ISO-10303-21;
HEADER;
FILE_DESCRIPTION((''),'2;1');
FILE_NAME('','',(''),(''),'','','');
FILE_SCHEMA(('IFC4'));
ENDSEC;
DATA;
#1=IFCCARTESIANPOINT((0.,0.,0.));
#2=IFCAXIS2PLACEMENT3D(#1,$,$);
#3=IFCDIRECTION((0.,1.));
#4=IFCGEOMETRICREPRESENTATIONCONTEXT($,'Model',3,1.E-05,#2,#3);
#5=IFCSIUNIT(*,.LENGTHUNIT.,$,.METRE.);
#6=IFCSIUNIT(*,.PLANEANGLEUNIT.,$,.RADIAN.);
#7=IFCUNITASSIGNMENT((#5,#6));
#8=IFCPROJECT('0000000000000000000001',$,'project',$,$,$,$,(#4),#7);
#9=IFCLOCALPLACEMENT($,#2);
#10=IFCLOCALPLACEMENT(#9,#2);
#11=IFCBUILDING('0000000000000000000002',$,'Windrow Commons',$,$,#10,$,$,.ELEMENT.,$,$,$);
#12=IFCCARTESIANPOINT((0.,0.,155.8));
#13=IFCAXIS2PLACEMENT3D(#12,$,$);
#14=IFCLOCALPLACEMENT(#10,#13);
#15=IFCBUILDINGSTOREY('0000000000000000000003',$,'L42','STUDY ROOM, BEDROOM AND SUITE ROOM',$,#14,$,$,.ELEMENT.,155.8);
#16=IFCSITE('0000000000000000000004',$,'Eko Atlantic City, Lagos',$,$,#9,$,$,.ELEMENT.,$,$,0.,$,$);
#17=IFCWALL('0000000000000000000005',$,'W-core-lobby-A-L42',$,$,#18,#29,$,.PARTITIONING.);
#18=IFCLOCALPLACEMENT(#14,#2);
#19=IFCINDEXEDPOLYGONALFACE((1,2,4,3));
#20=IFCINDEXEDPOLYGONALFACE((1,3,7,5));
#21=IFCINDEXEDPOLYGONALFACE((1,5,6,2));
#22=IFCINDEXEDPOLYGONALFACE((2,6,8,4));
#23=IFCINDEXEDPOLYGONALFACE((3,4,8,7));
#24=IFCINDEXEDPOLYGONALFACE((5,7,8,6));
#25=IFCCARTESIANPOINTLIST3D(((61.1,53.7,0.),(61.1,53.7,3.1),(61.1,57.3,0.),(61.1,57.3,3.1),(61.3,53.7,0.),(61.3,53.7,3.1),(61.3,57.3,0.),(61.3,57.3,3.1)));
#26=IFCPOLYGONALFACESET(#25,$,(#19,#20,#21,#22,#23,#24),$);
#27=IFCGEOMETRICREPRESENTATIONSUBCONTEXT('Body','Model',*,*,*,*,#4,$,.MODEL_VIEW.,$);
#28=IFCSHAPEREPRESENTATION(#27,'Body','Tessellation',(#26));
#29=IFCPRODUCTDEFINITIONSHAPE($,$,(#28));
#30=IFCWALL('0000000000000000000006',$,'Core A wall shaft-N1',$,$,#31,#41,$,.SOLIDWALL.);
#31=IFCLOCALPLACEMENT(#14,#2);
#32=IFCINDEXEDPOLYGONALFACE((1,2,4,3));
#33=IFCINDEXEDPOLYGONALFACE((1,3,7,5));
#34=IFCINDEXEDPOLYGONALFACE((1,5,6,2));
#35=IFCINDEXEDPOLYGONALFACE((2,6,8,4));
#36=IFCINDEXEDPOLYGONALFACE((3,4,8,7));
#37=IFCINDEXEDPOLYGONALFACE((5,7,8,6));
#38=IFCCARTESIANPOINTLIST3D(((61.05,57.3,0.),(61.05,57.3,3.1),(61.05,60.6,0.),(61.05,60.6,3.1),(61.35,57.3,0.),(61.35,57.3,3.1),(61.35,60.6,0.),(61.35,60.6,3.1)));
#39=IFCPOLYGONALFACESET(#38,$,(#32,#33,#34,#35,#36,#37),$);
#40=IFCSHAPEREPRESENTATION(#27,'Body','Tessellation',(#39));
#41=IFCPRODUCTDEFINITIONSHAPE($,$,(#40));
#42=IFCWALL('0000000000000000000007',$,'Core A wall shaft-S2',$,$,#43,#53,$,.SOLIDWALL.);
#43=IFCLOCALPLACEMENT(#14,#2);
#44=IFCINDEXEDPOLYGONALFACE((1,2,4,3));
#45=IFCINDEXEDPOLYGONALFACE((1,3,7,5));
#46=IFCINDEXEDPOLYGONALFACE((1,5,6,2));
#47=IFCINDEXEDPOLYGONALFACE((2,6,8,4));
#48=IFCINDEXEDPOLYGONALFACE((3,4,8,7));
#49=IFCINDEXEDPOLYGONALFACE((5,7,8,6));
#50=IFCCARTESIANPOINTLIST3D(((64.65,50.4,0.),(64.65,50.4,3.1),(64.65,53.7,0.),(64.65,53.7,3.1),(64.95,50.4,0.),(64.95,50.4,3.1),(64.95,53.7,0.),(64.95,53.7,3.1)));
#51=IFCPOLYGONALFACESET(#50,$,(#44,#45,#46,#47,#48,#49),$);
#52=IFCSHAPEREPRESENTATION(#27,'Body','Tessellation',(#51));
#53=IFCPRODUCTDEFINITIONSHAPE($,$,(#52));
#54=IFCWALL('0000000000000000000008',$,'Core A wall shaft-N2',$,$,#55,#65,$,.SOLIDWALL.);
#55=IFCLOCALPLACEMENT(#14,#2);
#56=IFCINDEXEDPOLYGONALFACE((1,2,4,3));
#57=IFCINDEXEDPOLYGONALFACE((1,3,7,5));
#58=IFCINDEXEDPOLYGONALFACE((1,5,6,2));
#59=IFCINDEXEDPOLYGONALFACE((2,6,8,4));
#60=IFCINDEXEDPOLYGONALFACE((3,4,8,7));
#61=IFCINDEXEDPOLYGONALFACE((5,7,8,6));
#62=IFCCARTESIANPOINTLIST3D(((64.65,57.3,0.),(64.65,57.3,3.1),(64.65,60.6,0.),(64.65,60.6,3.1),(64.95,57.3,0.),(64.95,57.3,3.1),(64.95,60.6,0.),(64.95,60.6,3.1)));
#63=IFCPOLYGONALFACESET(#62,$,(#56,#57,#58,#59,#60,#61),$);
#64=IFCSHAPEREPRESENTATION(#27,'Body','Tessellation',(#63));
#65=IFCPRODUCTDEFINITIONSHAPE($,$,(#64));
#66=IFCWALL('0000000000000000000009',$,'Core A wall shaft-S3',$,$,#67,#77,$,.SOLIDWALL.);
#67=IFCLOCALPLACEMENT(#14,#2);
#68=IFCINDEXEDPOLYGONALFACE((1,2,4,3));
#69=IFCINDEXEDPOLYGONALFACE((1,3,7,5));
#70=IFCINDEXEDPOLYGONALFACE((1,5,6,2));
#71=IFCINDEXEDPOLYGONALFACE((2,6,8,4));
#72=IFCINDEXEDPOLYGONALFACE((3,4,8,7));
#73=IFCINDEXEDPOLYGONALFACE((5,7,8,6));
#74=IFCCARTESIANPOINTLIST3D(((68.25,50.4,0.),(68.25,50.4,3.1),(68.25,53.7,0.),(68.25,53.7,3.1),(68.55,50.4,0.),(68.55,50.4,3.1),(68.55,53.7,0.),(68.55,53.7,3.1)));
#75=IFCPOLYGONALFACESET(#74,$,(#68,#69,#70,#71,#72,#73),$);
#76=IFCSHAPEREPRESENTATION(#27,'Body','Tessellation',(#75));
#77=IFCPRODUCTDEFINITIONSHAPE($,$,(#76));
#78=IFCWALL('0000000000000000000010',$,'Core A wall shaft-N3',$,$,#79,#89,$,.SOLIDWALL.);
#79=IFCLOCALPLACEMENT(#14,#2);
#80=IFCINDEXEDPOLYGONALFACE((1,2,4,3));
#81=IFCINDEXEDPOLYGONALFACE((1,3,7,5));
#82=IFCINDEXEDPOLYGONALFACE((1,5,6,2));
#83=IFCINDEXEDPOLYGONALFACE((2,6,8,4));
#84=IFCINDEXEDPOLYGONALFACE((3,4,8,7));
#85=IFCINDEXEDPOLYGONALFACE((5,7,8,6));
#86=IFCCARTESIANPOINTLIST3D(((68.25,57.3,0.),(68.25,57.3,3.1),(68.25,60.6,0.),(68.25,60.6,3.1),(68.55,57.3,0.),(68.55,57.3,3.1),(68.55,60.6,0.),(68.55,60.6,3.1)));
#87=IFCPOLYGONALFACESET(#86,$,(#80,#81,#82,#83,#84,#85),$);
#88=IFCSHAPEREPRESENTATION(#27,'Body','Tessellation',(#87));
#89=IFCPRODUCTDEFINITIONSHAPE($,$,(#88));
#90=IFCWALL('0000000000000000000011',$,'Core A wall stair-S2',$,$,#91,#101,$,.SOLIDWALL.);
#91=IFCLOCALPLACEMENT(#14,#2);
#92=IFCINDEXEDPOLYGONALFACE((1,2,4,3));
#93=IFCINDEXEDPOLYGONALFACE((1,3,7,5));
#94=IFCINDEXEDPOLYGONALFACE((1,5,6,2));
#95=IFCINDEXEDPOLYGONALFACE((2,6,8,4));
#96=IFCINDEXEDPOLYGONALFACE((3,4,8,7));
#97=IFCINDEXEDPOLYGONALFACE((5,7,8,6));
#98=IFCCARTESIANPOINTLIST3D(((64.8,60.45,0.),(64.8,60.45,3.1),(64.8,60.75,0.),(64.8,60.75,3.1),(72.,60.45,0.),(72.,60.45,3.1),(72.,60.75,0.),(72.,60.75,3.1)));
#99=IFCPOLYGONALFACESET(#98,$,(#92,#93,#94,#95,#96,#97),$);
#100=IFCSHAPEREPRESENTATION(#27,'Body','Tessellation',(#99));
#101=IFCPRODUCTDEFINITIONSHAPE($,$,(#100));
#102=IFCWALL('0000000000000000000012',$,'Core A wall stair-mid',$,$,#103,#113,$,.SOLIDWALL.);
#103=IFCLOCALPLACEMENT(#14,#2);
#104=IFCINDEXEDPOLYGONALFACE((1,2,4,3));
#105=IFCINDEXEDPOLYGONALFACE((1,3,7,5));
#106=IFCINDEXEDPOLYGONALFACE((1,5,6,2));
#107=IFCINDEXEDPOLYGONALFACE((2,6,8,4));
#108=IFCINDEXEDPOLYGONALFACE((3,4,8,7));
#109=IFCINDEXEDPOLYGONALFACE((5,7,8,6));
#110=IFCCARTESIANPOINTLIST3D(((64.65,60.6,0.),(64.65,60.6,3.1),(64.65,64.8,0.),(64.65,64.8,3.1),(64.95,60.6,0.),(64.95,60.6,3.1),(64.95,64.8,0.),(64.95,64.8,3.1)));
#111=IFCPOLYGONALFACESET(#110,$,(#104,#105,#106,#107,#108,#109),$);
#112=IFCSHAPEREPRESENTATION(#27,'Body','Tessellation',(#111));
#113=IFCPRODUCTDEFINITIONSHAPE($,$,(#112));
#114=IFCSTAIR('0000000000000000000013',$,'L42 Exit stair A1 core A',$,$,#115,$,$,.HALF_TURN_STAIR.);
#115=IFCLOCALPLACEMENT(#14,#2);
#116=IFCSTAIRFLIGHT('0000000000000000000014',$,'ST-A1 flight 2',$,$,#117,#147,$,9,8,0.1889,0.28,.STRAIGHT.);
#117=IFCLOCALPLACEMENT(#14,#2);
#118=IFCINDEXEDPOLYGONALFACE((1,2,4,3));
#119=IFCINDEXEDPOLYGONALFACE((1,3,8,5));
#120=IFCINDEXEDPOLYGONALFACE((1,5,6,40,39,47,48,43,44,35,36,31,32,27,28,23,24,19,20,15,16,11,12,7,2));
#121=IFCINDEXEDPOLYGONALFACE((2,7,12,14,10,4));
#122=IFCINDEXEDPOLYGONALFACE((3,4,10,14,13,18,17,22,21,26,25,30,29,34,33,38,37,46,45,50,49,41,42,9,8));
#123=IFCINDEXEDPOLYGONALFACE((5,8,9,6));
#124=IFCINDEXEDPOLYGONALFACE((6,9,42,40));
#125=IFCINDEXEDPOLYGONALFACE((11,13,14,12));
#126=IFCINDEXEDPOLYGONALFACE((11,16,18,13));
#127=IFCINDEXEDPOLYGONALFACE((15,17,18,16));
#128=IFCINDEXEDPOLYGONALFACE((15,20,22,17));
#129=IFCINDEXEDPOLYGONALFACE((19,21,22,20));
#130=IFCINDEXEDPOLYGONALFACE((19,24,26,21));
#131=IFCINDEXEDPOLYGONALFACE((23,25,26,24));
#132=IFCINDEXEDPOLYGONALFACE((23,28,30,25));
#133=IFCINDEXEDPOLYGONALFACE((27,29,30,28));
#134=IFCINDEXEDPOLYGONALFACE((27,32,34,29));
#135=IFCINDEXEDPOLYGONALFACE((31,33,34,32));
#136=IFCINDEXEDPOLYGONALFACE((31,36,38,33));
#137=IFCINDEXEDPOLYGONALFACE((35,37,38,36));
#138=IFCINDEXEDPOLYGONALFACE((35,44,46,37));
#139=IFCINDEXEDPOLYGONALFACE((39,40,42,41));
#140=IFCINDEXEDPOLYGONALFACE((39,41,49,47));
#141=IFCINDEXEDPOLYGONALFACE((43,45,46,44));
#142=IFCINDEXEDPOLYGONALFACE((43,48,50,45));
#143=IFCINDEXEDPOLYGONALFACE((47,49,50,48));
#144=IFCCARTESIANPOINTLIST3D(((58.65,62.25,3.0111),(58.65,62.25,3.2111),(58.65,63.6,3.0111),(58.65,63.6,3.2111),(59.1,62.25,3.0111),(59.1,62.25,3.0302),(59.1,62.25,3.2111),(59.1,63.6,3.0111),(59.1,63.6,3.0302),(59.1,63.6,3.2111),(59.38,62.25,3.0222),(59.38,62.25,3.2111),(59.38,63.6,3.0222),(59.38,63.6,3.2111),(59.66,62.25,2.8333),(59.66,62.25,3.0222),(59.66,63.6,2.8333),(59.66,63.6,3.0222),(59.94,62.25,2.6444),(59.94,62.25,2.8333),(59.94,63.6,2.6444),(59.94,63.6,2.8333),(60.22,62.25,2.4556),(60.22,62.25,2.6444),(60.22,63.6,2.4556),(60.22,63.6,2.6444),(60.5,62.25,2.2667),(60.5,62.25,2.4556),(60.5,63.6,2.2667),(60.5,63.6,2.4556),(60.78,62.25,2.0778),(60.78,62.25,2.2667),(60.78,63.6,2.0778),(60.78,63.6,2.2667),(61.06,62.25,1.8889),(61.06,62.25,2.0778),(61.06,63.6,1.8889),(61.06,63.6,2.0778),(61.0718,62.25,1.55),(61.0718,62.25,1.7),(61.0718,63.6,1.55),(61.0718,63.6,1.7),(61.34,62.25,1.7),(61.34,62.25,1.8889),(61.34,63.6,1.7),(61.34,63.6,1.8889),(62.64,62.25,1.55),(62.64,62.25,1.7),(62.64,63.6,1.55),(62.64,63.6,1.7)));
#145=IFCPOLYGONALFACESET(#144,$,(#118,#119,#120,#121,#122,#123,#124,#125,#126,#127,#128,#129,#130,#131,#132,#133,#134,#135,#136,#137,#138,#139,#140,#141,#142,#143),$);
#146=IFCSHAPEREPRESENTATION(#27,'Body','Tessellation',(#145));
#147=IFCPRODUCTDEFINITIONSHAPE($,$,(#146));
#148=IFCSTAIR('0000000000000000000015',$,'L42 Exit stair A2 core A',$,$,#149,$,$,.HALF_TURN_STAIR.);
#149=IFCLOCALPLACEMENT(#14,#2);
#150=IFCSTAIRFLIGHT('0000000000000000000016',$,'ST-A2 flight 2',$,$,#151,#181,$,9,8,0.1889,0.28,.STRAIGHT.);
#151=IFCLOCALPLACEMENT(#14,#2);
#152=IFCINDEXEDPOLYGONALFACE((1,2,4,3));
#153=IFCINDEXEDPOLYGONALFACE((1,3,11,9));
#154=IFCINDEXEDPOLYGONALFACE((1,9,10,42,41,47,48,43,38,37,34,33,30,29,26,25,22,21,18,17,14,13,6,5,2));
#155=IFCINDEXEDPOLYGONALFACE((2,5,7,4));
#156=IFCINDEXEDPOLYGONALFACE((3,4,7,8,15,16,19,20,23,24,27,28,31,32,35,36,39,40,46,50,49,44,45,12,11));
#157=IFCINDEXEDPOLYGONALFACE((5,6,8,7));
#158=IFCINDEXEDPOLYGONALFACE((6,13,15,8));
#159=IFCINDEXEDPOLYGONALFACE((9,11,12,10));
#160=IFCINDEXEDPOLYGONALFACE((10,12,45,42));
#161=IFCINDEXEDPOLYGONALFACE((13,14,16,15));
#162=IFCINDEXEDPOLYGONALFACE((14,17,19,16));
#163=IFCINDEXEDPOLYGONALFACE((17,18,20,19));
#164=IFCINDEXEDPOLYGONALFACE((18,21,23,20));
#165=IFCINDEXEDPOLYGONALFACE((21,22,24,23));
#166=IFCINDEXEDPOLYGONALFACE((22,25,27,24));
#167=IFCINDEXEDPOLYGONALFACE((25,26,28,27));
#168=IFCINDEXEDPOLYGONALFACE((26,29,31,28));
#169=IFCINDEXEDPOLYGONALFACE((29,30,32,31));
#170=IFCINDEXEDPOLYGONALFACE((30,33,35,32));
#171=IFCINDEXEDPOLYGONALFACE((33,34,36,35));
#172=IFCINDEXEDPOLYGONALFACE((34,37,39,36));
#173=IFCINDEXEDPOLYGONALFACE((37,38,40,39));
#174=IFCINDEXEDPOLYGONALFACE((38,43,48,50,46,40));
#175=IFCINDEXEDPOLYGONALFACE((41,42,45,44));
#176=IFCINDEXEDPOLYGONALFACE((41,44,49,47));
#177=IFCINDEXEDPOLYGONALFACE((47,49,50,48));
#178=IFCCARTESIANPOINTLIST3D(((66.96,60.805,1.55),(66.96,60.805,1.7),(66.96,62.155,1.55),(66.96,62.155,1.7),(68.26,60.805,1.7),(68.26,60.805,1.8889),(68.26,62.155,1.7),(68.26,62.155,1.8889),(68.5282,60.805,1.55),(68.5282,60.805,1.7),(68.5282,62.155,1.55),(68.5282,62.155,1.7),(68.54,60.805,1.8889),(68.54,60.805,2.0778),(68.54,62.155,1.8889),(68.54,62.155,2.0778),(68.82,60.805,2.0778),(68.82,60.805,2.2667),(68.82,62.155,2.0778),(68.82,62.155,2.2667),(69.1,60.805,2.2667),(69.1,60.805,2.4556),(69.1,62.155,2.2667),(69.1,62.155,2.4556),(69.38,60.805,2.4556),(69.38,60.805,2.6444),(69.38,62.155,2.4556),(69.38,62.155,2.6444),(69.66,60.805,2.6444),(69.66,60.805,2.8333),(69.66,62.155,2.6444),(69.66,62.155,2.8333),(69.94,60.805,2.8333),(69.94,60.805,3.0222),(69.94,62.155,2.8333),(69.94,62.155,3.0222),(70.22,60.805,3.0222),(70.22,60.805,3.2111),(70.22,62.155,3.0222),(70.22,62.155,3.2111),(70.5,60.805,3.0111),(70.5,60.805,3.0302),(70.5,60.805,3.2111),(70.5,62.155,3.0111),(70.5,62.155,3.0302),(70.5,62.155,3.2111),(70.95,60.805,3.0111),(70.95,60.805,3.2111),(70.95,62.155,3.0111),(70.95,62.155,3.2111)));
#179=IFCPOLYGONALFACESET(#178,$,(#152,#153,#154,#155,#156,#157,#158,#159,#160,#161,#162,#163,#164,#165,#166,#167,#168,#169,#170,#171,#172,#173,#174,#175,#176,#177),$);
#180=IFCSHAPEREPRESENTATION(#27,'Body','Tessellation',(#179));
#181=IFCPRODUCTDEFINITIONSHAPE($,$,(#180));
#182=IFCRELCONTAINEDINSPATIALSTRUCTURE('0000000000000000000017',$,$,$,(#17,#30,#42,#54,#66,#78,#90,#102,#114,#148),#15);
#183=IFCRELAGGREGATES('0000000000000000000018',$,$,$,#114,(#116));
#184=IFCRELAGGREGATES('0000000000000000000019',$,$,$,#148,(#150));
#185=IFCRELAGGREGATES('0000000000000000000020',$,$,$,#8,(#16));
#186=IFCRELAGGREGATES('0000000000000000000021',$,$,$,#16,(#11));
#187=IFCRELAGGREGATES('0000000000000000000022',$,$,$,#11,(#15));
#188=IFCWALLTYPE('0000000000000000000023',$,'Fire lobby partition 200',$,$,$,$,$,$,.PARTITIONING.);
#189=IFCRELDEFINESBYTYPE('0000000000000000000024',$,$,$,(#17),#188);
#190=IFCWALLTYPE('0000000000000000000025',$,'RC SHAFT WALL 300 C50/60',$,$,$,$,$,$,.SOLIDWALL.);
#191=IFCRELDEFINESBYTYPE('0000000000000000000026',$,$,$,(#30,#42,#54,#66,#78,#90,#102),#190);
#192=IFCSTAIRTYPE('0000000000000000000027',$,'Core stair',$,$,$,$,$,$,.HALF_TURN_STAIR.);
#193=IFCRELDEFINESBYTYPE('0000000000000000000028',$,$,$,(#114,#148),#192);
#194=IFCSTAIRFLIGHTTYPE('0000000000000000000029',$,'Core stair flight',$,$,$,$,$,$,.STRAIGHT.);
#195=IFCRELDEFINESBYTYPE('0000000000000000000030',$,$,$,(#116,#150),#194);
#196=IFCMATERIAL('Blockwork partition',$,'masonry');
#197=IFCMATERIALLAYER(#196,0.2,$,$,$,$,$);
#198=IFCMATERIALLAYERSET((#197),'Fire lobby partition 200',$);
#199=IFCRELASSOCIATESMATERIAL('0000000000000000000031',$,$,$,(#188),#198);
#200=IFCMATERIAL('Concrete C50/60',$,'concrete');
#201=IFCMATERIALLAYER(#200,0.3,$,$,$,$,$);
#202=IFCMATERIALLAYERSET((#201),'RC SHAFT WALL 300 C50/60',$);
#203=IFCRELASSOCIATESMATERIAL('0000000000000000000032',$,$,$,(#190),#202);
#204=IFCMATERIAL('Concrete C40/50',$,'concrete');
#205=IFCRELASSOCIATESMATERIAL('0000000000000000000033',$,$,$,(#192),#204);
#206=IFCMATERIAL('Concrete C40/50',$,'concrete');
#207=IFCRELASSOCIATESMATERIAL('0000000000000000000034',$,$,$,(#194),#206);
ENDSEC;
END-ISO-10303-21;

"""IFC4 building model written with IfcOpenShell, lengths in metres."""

from ifc_helpers import new_model, si_unit, direction, frame, frame_2d, origin, place, context, subcontext, project, spatial, polyline, rectangle, outline, extrude, material, layer, layer_set, type_object, element, aggregate, save


model = new_model("IFC4")

# Units and contexts
model_context = context("Model", 3, precision=1e-05, world=origin(), true_north=direction((0.0, 1.0)))
body_context = subcontext(model_context, "Body", "Model", "MODEL_VIEW")
ifc_project = project(units=[si_unit("LENGTHUNIT", "METRE"), si_unit("PLANEANGLEUNIT", "RADIAN")], contexts=[model_context])

# Site, building, storey
site_placement = place(None, origin())
site = spatial("IfcSite", under=ifc_project, at=site_placement, Name="Eko Atlantic City, Lagos", CompositionType="ELEMENT", RefElevation=0.0)
building_placement = place(site_placement, origin())
building = spatial("IfcBuilding", under=site, at=building_placement, Name="Windrow Commons", CompositionType="ELEMENT")
storey_placement = place(building_placement, frame((0.0, 0.0, 155.8)))
storey = spatial("IfcBuildingStorey", under=building, at=storey_placement, Name="L42", Description="STUDY ROOM, BEDROOM AND SUITE ROOM", CompositionType="ELEMENT", Elevation=155.8)

# Walls
ifc_material_1 = material(Name="Blockwork partition", Category="masonry")
ifc_layer_1 = layer(ifc_material_1, 0.2)
ifc_layer_set_1 = layer_set([ifc_layer_1], Name="Fire lobby partition 200")
wall_type_1 = type_object("IfcWallType", Name="Fire lobby partition 200", PredefinedType="PARTITIONING", material=ifc_layer_set_1)
wall_1_placement = place(storey_placement, frame((61.2, 53.7, 0.0), z_axis=(0.0, 0.0, 1.0), x_axis=(0.0, 1.0, 0.0)))
element("IfcWall", 1, at=wall_1_placement, inside=storey, type_object=wall_type_1, Name="W-core-lobby-A-L42", PredefinedType="PARTITIONING", context=body_context, shape_type="SweptSolid", body=[
    extrude(rectangle(XDim=3.6, YDim=0.2, at=frame_2d((1.8, 0.0))), origin(), (0.0, 0.0, 1.0), 3.1),
])
ifc_material_2 = material(Name="Concrete C50/60", Category="concrete")
ifc_layer_2 = layer(ifc_material_2, 0.3)
ifc_layer_set_2 = layer_set([ifc_layer_2], Name="RC SHAFT WALL 300 C50/60")
wall_type_2 = type_object("IfcWallType", Name="RC SHAFT WALL 300 C50/60", PredefinedType="SOLIDWALL", material=ifc_layer_set_2)
for number, where, z_axis, x_axis, name in (
    (2, (61.2, 57.3, 0.0), (0.0, 0.0, 1.0), (0.0, 1.0, 0.0), "Core A wall shaft-N1"),
    (3, (64.8, 50.4, 0.0), (0.0, 0.0, 1.0), (0.0, 1.0, 0.0), "Core A wall shaft-S2"),
    (4, (64.8, 57.3, 0.0), (0.0, 0.0, 1.0), (0.0, 1.0, 0.0), "Core A wall shaft-N2"),
    (5, (68.4, 50.4, 0.0), (0.0, 0.0, 1.0), (0.0, 1.0, 0.0), "Core A wall shaft-S3"),
    (6, (68.4, 57.3, 0.0), (0.0, 0.0, 1.0), (0.0, 1.0, 0.0), "Core A wall shaft-N3"),
):
    element("IfcWall", number, at=place(storey_placement, frame(where, z_axis=z_axis, x_axis=x_axis)), inside=storey, type_object=wall_type_2, Name=name, PredefinedType="SOLIDWALL", context=body_context, shape_type="SweptSolid", body=[
        extrude(rectangle(XDim=3.3, YDim=0.3, at=frame_2d((1.65, 0.0))), origin(), (0.0, 0.0, 1.0), 3.1),
    ])
wall_2_placement = place(storey_placement, frame((64.8, 60.6, 0.0), z_axis=(0.0, 0.0, 1.0), x_axis=(1.0, 0.0, 0.0)))
element("IfcWall", 7, at=wall_2_placement, inside=storey, type_object=wall_type_2, Name="Core A wall stair-S2", PredefinedType="SOLIDWALL", context=body_context, shape_type="SweptSolid", body=[
    extrude(rectangle(XDim=7.2, YDim=0.3, at=frame_2d((3.6, 0.0))), origin(), (0.0, 0.0, 1.0), 3.1),
])
wall_3_placement = place(storey_placement, frame((64.8, 60.6, 0.0), z_axis=(0.0, 0.0, 1.0), x_axis=(0.0, 1.0, 0.0)))
element("IfcWall", 8, at=wall_3_placement, inside=storey, type_object=wall_type_2, Name="Core A wall stair-mid", PredefinedType="SOLIDWALL", context=body_context, shape_type="SweptSolid", body=[
    extrude(rectangle(XDim=4.2, YDim=0.3, at=frame_2d((2.1, 0.0))), origin(), (0.0, 0.0, 1.0), 3.1),
])

# Stairs, stair flights
ifc_material_3 = material(Name="Concrete C40/50", Category="concrete")
stair_type = type_object("IfcStairType", Name="Core stair", PredefinedType="HALF_TURN_STAIR", material=ifc_material_3)
placement = place(storey_placement, origin())
stair_1 = element("IfcStair", 9, at=placement, inside=storey, type_object=stair_type, Name="L42 Exit stair A1 core A", PredefinedType="HALF_TURN_STAIR")
ifc_material_4 = material(Name="Concrete C40/50", Category="concrete")
stair_flight_type = type_object("IfcStairFlightType", Name="Core stair flight", PredefinedType="STRAIGHT", material=ifc_material_4)
stair_flight_1_placement = place(storey_placement, frame((61.34, 62.925, 1.7), z_axis=(0.0, 0.0, 1.0), x_axis=(-1.0, 0.0, 0.0)))
stair_flight_1 = element("IfcStairFlight", 10, at=stair_flight_1_placement, type_object=stair_flight_type, Name="ST-A1 flight 2", NumberOfRisers=9, NumberOfTreads=8, PredefinedType="STRAIGHT", RiserHeight=0.1889, TreadLength=0.28, context=body_context, shape_type="SweptSolid", body=[
    extrude(outline(polyline([(-1.3, -0.15), (-1.3, 0.0), (0.0, 0.0), (0.0, 0.1889), (0.28, 0.1889), (0.28, 0.3778), (0.56, 0.3778), (0.56, 0.5667), (0.84, 0.5667), (0.84, 0.7556), (1.12, 0.7556), (1.12, 0.9444), (1.4, 0.9444), (1.4, 1.1333), (1.68, 1.1333), (1.68, 1.3222), (1.96, 1.3222), (1.96, 1.5111), (2.24, 1.5111), (2.69, 1.5111), (2.69, 1.3111), (2.24, 1.3111), (2.24, 1.3302), (0.2682, 0.0), (0.2682, -0.15), (-1.3, -0.15)])), frame((0.0, 0.675, 0.0), z_axis=(0.0, -1.0, 0.0), x_axis=(1.0, 0.0, 0.0)), (0.0, 0.0, 1.0), 1.35),
])
aggregate(stair_1, [stair_flight_1])
stair_2 = element("IfcStair", 11, at=placement, inside=storey, type_object=stair_type, Name="L42 Exit stair A2 core A", PredefinedType="HALF_TURN_STAIR")
stair_flight_2_placement = place(storey_placement, frame((68.26, 61.48, 1.7), z_axis=(0.0, 0.0, 1.0), x_axis=(1.0, 0.0, 0.0)))
stair_flight_2 = element("IfcStairFlight", 12, at=stair_flight_2_placement, type_object=stair_flight_type, Name="ST-A2 flight 2", NumberOfRisers=9, NumberOfTreads=8, PredefinedType="STRAIGHT", RiserHeight=0.1889, TreadLength=0.28, context=body_context, shape_type="SweptSolid", body=[
    extrude(outline(polyline([(-1.3, -0.15), (-1.3, 0.0), (0.0, 0.0), (0.0, 0.1889), (0.28, 0.1889), (0.28, 0.3778), (0.56, 0.3778), (0.56, 0.5667), (0.84, 0.5667), (0.84, 0.7556), (1.12, 0.7556), (1.12, 0.9444), (1.4, 0.9444), (1.4, 1.1333), (1.68, 1.1333), (1.68, 1.3222), (1.96, 1.3222), (1.96, 1.5111), (2.24, 1.5111), (2.69, 1.5111), (2.69, 1.3111), (2.24, 1.3111), (2.24, 1.3302), (0.2682, 0.0), (0.2682, -0.15), (-1.3, -0.15)])), frame((0.0, 0.675, 0.0), z_axis=(0.0, -1.0, 0.0), x_axis=(1.0, 0.0, 0.0)), (0.0, 0.0, 1.0), 1.35),
])
aggregate(stair_2, [stair_flight_2])

save(model, "model.ifc")
